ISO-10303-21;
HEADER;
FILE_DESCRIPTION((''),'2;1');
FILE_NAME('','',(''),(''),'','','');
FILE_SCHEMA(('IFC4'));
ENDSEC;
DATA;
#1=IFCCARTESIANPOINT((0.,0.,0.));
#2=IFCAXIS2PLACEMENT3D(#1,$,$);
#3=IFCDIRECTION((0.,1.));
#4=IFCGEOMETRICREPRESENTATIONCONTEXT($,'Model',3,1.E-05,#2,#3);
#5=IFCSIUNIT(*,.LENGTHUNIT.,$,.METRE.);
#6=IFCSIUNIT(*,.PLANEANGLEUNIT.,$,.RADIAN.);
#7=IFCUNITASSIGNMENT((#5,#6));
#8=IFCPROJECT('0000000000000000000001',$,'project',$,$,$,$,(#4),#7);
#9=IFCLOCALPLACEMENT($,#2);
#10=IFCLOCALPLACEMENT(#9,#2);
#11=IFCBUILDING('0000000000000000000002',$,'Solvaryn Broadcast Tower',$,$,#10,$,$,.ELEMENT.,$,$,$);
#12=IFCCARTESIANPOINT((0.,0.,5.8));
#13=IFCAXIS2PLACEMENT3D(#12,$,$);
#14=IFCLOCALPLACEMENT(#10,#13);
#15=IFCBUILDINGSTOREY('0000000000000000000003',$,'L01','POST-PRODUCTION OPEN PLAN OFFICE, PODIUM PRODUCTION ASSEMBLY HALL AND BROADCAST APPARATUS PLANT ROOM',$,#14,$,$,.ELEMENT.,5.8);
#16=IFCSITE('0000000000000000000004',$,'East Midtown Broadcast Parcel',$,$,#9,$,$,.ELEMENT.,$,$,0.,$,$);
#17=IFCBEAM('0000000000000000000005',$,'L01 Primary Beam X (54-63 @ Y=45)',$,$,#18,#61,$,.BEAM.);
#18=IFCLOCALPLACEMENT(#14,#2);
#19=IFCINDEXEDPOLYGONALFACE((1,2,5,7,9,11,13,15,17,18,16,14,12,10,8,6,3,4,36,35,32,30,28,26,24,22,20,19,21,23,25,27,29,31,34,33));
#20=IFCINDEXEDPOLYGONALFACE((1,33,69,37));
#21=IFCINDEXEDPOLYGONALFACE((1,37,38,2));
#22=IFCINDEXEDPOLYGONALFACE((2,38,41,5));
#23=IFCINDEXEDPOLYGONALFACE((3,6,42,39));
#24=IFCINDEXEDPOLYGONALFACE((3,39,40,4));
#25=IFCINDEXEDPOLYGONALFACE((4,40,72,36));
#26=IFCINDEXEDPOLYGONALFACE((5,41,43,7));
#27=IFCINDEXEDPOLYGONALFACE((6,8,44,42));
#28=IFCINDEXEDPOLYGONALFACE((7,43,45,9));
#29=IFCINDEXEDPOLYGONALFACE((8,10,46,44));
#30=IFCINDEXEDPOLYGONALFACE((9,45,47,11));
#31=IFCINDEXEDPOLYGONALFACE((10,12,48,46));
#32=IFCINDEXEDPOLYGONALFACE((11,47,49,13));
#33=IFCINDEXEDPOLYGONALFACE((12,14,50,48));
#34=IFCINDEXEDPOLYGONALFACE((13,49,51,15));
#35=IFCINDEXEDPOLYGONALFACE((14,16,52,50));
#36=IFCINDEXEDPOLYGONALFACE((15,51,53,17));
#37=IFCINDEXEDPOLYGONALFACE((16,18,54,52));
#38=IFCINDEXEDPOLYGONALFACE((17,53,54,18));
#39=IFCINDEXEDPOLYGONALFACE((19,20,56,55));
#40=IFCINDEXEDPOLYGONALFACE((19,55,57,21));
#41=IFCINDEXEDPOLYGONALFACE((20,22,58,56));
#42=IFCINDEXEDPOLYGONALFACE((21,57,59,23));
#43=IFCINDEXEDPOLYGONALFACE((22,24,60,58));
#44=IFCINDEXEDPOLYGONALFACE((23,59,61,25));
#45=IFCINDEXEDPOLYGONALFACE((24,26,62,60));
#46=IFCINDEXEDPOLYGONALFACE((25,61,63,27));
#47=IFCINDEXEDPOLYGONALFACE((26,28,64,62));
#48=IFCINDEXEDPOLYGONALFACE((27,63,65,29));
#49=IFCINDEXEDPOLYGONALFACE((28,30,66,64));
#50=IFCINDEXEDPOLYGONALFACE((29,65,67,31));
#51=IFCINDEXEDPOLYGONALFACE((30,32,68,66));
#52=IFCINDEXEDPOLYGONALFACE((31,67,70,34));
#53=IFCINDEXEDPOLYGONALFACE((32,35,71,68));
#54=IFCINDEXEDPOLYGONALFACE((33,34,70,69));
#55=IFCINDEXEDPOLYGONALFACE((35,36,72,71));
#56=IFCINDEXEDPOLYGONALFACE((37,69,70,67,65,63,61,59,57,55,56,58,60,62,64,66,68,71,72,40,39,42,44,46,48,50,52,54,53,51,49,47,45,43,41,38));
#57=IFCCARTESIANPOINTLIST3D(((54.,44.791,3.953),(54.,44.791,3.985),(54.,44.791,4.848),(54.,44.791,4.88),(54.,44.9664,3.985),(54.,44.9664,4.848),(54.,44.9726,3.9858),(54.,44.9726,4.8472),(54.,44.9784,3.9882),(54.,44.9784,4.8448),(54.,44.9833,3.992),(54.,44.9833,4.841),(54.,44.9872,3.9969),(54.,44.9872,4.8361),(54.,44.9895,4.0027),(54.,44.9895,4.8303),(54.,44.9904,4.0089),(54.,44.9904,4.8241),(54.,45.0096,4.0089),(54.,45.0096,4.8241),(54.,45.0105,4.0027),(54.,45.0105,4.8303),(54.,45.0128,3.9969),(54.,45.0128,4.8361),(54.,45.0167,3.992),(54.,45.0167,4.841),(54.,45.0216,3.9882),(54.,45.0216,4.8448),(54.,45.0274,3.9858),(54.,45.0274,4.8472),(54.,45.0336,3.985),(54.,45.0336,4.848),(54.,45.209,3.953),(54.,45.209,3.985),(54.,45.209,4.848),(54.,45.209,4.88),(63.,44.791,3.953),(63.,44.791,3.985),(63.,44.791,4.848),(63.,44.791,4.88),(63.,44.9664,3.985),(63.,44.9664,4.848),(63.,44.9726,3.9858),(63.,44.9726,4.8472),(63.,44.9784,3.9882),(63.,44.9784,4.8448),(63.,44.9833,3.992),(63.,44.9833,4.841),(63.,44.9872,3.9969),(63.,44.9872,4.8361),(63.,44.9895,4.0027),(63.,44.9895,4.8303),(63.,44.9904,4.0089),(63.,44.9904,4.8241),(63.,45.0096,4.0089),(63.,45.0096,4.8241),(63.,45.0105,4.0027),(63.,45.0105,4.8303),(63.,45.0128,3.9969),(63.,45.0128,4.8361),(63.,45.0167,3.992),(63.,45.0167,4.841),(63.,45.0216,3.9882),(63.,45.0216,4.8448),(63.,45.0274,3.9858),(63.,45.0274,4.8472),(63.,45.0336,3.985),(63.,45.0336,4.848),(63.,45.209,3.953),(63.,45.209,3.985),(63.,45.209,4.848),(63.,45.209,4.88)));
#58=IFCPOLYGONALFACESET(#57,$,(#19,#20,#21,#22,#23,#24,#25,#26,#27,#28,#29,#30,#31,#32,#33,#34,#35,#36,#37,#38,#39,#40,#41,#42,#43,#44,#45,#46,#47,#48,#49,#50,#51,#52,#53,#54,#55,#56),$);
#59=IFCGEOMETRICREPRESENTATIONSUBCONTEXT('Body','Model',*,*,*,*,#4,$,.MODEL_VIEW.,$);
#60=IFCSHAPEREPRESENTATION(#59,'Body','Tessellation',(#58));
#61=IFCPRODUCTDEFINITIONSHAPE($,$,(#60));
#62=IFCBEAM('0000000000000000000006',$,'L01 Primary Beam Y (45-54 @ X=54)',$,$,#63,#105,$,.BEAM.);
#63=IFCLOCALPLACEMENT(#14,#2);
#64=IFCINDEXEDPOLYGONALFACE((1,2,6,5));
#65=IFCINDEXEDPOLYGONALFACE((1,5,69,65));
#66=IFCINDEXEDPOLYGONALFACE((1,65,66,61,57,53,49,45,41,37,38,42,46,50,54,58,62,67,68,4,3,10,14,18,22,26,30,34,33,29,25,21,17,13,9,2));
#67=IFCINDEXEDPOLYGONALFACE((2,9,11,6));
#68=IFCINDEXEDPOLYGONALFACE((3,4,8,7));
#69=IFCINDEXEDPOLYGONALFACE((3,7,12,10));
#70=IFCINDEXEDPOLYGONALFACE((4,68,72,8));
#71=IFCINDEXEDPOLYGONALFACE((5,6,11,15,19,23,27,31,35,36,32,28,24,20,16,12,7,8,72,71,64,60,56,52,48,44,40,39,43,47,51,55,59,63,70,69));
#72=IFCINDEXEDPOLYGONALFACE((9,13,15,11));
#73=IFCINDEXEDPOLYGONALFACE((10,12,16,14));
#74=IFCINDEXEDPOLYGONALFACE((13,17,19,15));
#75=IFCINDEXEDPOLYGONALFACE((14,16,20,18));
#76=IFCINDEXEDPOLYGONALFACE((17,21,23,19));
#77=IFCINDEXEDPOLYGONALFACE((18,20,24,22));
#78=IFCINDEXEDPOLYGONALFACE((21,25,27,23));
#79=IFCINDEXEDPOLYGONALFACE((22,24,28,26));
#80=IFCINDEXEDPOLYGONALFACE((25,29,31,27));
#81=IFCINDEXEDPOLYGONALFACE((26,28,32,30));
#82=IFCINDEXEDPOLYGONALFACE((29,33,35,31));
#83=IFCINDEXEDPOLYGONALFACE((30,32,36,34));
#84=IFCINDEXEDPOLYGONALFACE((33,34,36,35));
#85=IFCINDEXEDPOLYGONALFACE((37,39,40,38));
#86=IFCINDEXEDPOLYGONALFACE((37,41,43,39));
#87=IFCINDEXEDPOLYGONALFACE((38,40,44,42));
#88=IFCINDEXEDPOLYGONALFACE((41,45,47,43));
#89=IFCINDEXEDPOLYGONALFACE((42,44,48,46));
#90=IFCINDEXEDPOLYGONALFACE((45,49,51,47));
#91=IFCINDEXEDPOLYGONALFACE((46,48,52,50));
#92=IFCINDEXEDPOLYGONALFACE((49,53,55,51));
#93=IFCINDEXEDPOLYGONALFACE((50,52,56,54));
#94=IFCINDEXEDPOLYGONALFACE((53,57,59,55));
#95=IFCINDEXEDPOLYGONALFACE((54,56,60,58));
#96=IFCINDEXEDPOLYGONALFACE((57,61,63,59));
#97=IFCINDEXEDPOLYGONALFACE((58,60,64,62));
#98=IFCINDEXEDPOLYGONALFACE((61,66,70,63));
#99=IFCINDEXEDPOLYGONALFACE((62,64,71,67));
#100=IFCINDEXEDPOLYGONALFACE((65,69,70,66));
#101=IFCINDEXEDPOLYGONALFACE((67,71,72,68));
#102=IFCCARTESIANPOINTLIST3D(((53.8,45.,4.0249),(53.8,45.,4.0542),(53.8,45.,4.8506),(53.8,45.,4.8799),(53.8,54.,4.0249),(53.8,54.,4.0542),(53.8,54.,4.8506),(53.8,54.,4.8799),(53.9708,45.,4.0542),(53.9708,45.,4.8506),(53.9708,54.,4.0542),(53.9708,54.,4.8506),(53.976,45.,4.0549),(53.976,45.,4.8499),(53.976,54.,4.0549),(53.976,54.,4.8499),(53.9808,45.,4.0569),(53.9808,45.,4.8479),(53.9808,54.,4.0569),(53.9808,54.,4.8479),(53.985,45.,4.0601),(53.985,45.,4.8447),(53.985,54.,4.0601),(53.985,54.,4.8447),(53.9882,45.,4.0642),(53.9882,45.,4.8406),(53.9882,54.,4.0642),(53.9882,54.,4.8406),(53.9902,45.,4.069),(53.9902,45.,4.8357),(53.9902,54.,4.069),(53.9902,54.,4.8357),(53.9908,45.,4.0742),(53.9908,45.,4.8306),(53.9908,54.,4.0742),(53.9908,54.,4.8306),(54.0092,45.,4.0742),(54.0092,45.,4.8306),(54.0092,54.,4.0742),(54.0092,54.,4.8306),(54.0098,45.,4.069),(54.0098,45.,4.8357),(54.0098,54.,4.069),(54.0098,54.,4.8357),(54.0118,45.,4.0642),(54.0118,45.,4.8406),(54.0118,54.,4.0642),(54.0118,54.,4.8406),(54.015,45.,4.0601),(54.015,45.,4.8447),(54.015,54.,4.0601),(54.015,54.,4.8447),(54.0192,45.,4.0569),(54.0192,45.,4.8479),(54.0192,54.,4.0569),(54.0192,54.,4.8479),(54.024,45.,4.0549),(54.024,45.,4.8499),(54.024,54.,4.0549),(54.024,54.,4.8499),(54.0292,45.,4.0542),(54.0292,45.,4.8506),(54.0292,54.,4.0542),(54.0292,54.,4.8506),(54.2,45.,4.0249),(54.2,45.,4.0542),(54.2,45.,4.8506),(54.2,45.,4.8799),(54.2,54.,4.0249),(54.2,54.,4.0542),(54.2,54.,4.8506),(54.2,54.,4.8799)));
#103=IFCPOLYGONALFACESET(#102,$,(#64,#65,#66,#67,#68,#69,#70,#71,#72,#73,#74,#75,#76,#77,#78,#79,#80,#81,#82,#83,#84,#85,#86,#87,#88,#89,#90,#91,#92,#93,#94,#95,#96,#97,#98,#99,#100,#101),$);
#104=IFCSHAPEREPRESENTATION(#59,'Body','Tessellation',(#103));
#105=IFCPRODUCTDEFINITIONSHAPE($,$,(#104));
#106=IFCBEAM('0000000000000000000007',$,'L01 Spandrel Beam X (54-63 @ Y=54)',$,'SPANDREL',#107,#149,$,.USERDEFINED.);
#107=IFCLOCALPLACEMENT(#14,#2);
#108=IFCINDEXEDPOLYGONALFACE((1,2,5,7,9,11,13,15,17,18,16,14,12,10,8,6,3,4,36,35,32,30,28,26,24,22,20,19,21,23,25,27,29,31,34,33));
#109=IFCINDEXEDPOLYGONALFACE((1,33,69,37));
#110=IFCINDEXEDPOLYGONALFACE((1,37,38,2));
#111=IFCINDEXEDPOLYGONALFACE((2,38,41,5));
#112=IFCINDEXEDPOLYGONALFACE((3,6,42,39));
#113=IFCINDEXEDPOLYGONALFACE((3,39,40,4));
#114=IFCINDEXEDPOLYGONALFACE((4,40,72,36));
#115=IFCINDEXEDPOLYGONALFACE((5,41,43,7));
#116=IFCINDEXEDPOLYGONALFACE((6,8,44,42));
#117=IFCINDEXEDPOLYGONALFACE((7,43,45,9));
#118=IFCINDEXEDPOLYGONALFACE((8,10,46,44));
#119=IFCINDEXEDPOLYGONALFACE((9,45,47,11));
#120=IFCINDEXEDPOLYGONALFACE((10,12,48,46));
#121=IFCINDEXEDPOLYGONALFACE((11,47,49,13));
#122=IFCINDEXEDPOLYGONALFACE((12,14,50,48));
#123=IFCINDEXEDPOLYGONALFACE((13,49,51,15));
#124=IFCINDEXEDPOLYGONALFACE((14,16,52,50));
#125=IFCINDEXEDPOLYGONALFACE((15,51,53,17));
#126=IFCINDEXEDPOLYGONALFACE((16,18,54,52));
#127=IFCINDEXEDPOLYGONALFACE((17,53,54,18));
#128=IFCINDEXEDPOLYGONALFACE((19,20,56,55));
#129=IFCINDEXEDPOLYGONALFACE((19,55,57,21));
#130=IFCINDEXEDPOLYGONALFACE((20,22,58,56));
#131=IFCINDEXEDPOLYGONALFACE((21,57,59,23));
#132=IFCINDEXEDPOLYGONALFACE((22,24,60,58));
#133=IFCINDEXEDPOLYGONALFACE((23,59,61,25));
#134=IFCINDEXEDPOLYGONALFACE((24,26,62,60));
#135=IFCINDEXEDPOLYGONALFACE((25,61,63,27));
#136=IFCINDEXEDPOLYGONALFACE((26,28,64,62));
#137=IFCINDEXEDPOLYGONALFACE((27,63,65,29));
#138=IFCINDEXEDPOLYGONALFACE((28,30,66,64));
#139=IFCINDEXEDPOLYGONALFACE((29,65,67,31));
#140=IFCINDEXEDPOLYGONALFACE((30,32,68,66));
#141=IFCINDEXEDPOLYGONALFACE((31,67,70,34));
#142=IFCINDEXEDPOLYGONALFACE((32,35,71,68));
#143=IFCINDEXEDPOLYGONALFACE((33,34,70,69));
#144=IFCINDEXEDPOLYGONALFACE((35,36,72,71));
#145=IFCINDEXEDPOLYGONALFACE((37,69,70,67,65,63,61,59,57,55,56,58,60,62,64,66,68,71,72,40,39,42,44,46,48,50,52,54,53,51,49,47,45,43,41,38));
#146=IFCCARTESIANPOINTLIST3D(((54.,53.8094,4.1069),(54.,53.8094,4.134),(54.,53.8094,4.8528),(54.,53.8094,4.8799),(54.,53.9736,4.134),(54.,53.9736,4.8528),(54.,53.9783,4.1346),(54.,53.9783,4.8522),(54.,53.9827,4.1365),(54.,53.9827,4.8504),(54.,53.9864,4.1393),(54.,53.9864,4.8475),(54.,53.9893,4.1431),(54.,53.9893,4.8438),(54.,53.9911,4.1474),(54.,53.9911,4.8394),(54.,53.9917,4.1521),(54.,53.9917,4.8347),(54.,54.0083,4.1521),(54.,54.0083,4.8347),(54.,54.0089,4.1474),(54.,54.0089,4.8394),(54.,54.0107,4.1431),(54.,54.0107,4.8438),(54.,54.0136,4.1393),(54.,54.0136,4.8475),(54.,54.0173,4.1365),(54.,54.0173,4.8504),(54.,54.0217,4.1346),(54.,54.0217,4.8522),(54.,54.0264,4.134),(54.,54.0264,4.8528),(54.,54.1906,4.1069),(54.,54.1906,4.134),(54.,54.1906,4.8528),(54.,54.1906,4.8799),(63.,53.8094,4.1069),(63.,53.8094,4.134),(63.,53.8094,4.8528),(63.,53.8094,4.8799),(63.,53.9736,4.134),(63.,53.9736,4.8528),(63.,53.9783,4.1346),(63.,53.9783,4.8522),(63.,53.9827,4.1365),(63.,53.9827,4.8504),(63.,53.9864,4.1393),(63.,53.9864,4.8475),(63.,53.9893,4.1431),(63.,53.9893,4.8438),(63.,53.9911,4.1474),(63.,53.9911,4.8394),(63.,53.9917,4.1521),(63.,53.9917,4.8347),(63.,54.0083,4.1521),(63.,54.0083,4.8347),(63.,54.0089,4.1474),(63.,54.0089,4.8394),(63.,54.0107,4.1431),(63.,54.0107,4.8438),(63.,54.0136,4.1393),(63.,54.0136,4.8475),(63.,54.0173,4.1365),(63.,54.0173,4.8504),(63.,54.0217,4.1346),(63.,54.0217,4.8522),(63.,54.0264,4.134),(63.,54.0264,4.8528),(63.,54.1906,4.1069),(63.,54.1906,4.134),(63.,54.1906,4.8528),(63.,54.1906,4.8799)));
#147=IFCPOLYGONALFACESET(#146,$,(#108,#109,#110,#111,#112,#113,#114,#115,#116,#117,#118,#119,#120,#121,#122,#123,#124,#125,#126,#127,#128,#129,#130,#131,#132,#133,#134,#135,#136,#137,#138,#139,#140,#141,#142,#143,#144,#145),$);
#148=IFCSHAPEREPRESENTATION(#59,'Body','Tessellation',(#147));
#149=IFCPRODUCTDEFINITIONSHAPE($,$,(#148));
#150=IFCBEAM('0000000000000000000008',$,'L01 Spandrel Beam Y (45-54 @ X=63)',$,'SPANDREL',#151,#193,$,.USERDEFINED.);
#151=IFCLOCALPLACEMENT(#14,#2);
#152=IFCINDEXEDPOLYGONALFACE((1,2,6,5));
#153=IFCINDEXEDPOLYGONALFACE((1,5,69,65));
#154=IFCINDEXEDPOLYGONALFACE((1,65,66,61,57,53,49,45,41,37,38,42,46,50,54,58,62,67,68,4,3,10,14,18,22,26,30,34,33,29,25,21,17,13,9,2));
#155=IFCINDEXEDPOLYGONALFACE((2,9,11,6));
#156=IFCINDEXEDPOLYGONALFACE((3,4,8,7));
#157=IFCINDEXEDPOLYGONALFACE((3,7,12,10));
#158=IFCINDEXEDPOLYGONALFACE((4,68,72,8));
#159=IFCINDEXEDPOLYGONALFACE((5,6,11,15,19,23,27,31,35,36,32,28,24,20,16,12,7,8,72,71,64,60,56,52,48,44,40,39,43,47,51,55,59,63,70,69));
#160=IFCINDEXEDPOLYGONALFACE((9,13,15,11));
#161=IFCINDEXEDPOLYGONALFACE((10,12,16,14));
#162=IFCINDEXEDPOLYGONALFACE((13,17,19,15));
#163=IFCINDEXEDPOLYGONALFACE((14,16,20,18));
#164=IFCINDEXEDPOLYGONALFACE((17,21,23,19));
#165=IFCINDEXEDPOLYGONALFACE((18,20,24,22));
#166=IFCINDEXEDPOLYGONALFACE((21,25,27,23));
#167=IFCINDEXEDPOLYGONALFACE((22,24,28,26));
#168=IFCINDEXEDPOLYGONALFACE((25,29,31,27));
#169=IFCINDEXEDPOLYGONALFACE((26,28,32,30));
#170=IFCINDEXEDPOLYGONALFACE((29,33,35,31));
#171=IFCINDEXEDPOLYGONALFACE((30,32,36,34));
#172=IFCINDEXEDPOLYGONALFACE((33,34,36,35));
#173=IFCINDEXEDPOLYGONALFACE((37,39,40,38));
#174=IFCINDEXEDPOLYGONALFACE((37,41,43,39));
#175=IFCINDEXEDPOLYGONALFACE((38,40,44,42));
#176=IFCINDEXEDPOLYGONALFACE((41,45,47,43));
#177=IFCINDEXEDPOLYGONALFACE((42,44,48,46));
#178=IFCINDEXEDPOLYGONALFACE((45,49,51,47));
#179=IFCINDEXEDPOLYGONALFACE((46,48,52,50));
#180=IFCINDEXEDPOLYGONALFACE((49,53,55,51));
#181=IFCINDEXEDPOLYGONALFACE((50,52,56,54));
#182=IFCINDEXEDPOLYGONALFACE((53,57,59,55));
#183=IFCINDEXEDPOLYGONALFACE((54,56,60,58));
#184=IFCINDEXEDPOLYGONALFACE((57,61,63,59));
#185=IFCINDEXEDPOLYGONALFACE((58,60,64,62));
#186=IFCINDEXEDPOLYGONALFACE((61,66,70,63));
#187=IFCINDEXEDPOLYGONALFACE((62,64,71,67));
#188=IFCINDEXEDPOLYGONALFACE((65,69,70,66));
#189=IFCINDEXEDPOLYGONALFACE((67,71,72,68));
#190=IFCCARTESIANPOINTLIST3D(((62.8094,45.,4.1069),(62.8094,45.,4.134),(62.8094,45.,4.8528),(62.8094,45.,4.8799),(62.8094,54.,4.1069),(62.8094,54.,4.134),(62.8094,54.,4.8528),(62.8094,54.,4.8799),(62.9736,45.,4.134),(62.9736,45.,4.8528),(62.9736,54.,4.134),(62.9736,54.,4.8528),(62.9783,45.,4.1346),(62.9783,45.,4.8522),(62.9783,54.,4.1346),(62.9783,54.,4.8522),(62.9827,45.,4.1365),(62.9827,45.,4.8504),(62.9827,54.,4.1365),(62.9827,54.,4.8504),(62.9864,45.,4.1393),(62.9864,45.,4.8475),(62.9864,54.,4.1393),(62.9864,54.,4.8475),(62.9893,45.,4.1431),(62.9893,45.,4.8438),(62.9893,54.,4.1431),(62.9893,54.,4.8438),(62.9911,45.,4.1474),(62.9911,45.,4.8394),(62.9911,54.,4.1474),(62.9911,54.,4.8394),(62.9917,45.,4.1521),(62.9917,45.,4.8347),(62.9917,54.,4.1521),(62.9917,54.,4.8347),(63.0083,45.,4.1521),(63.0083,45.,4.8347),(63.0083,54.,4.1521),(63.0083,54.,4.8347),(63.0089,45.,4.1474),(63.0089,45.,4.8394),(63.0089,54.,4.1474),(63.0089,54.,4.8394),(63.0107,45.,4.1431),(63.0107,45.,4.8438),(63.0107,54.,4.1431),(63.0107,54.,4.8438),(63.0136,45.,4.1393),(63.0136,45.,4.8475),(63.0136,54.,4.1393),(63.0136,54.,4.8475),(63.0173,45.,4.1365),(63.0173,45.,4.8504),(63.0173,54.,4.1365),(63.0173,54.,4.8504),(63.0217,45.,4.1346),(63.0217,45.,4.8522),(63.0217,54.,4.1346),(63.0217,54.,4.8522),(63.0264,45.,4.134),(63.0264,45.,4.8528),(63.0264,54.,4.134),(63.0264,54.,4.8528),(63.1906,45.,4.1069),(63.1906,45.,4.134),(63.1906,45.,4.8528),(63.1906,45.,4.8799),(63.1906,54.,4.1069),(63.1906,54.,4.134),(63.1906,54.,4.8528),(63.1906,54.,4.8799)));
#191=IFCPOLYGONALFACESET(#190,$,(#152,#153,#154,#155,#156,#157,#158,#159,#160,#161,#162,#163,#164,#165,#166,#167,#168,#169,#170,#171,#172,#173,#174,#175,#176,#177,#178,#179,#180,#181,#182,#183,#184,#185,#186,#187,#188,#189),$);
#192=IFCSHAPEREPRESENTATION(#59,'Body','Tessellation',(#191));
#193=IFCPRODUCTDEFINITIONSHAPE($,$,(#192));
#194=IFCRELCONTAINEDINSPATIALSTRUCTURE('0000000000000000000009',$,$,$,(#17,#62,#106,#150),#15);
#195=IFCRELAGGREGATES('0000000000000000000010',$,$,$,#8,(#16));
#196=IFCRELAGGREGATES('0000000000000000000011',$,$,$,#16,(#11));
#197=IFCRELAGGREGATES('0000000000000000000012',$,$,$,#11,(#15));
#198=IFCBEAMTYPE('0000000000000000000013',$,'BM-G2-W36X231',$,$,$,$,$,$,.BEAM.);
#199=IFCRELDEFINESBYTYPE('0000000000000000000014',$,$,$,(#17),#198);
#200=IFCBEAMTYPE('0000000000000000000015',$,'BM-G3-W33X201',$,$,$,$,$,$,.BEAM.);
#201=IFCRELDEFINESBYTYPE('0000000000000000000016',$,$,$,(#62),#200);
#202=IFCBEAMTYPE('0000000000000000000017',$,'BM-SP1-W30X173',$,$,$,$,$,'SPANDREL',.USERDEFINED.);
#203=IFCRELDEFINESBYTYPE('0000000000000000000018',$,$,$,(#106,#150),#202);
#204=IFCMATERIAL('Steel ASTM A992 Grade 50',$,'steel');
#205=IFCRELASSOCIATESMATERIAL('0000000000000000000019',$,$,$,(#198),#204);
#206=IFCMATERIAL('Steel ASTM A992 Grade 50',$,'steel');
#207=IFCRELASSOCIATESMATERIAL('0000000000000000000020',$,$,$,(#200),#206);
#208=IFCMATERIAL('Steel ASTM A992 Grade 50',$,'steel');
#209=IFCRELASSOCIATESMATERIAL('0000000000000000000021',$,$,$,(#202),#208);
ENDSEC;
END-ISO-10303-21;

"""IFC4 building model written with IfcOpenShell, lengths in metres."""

from ifc_helpers import new_model, si_unit, direction, frame, origin, origin_2d, place, context, subcontext, project, spatial, i_section, extrude, material, material_profile, profile_set, type_object, element, save


model = new_model("IFC4")

# Units and contexts
model_context = context("Model", 3, precision=1e-05, world=origin(), true_north=direction((0.0, 1.0)))
body_context = subcontext(model_context, "Body", "Model", "MODEL_VIEW")
ifc_project = project(units=[si_unit("LENGTHUNIT", "METRE"), si_unit("PLANEANGLEUNIT", "RADIAN")], contexts=[model_context])

# Site, building, storey
site_placement = place(None, origin())
site = spatial("IfcSite", under=ifc_project, at=site_placement, Name="East Midtown Broadcast Parcel", CompositionType="ELEMENT", RefElevation=0.0)
building_placement = place(site_placement, origin())
building = spatial("IfcBuilding", under=site, at=building_placement, Name="Solvaryn Broadcast Tower", CompositionType="ELEMENT")
storey_placement = place(building_placement, frame((0.0, 0.0, 5.8)))
storey = spatial("IfcBuildingStorey", under=building, at=storey_placement, Name="L01", Description="POST-PRODUCTION OPEN PLAN OFFICE, PODIUM PRODUCTION ASSEMBLY HALL AND BROADCAST APPARATUS PLANT ROOM", CompositionType="ELEMENT", Elevation=5.8)

# Beams
ifc_material_1 = material(Name="Steel ASTM A992 Grade 50", Category="steel")
ifc_material_profile_1 = material_profile(ifc_material_1, i_section(OverallWidth=0.418, OverallDepth=0.927, WebThickness=0.0193, FlangeThickness=0.032, FilletRadius=0.0239, at=origin_2d()))
ifc_profile_set_1 = profile_set([ifc_material_profile_1], Name="Steel ASTM A992 Grade 50")
beam_type_1 = type_object("IfcBeamType", Name="BM-G2-W36X231", PredefinedType="BEAM", material=ifc_profile_set_1)
beam_1_placement = place(storey_placement, frame((54.0, 45.0, 4.4165), z_axis=(1.0, 0.0, 0.0), x_axis=(0.0, 1.0, 0.0)))
element("IfcBeam", 1, at=beam_1_placement, inside=storey, type_object=beam_type_1, Name="L01 Primary Beam X (54-63 @ Y=45)", PredefinedType="BEAM", context=body_context, shape_type="SweptSolid", body=[
    extrude(i_section(OverallWidth=0.418, OverallDepth=0.927, WebThickness=0.0193, FlangeThickness=0.032, FilletRadius=0.0239, at=origin_2d()), origin(), (0.0, 0.0, 1.0), 9.0),
])
ifc_material_2 = material(Name="Steel ASTM A992 Grade 50", Category="steel")
ifc_material_profile_2 = material_profile(ifc_material_2, i_section(OverallWidth=0.3999, OverallDepth=0.855, WebThickness=0.0183, FlangeThickness=0.0293, FilletRadius=0.02, at=origin_2d()))
ifc_profile_set_2 = profile_set([ifc_material_profile_2], Name="Steel ASTM A992 Grade 50")
beam_type_2 = type_object("IfcBeamType", Name="BM-G3-W33X201", PredefinedType="BEAM", material=ifc_profile_set_2)
beam_2_placement = place(storey_placement, frame((54.0, 45.0, 4.4524), z_axis=(0.0, 1.0, 0.0), x_axis=(-1.0, 0.0, 0.0)))
element("IfcBeam", 2, at=beam_2_placement, inside=storey, type_object=beam_type_2, Name="L01 Primary Beam Y (45-54 @ X=54)", PredefinedType="BEAM", context=body_context, shape_type="SweptSolid", body=[
    extrude(i_section(OverallWidth=0.3999, OverallDepth=0.855, WebThickness=0.0183, FlangeThickness=0.0293, FilletRadius=0.02, at=origin_2d()), origin(), (0.0, 0.0, 1.0), 9.0),
])
ifc_material_3 = material(Name="Steel ASTM A992 Grade 50", Category="steel")
ifc_material_profile_3 = material_profile(ifc_material_3, i_section(OverallWidth=0.3811, OverallDepth=0.7729, WebThickness=0.0166, FlangeThickness=0.0271, FilletRadius=0.0181, at=origin_2d()))
ifc_profile_set_3 = profile_set([ifc_material_profile_3], Name="Steel ASTM A992 Grade 50")
beam_type_3 = type_object("IfcBeamType", Name="BM-SP1-W30X173", ElementType="SPANDREL", PredefinedType="USERDEFINED", material=ifc_profile_set_3)
for number, where, z_axis, x_axis, name in (
    (3, (54.0, 54.0, 4.4934), (1.0, 0.0, 0.0), (0.0, 1.0, 0.0), "L01 Spandrel Beam X (54-63 @ Y=54)"),
    (4, (63.0, 45.0, 4.4934), (0.0, 1.0, 0.0), (-1.0, 0.0, 0.0), "L01 Spandrel Beam Y (45-54 @ X=63)"),
):
    element("IfcBeam", number, at=place(storey_placement, frame(where, z_axis=z_axis, x_axis=x_axis)), inside=storey, type_object=beam_type_3, Name=name, ObjectType="SPANDREL", PredefinedType="USERDEFINED", context=body_context, shape_type="SweptSolid", body=[
        extrude(i_section(OverallWidth=0.3811, OverallDepth=0.7729, WebThickness=0.0166, FlangeThickness=0.0271, FilletRadius=0.0181, at=origin_2d()), origin(), (0.0, 0.0, 1.0), 9.0),
    ])

save(model, "model.ifc")
